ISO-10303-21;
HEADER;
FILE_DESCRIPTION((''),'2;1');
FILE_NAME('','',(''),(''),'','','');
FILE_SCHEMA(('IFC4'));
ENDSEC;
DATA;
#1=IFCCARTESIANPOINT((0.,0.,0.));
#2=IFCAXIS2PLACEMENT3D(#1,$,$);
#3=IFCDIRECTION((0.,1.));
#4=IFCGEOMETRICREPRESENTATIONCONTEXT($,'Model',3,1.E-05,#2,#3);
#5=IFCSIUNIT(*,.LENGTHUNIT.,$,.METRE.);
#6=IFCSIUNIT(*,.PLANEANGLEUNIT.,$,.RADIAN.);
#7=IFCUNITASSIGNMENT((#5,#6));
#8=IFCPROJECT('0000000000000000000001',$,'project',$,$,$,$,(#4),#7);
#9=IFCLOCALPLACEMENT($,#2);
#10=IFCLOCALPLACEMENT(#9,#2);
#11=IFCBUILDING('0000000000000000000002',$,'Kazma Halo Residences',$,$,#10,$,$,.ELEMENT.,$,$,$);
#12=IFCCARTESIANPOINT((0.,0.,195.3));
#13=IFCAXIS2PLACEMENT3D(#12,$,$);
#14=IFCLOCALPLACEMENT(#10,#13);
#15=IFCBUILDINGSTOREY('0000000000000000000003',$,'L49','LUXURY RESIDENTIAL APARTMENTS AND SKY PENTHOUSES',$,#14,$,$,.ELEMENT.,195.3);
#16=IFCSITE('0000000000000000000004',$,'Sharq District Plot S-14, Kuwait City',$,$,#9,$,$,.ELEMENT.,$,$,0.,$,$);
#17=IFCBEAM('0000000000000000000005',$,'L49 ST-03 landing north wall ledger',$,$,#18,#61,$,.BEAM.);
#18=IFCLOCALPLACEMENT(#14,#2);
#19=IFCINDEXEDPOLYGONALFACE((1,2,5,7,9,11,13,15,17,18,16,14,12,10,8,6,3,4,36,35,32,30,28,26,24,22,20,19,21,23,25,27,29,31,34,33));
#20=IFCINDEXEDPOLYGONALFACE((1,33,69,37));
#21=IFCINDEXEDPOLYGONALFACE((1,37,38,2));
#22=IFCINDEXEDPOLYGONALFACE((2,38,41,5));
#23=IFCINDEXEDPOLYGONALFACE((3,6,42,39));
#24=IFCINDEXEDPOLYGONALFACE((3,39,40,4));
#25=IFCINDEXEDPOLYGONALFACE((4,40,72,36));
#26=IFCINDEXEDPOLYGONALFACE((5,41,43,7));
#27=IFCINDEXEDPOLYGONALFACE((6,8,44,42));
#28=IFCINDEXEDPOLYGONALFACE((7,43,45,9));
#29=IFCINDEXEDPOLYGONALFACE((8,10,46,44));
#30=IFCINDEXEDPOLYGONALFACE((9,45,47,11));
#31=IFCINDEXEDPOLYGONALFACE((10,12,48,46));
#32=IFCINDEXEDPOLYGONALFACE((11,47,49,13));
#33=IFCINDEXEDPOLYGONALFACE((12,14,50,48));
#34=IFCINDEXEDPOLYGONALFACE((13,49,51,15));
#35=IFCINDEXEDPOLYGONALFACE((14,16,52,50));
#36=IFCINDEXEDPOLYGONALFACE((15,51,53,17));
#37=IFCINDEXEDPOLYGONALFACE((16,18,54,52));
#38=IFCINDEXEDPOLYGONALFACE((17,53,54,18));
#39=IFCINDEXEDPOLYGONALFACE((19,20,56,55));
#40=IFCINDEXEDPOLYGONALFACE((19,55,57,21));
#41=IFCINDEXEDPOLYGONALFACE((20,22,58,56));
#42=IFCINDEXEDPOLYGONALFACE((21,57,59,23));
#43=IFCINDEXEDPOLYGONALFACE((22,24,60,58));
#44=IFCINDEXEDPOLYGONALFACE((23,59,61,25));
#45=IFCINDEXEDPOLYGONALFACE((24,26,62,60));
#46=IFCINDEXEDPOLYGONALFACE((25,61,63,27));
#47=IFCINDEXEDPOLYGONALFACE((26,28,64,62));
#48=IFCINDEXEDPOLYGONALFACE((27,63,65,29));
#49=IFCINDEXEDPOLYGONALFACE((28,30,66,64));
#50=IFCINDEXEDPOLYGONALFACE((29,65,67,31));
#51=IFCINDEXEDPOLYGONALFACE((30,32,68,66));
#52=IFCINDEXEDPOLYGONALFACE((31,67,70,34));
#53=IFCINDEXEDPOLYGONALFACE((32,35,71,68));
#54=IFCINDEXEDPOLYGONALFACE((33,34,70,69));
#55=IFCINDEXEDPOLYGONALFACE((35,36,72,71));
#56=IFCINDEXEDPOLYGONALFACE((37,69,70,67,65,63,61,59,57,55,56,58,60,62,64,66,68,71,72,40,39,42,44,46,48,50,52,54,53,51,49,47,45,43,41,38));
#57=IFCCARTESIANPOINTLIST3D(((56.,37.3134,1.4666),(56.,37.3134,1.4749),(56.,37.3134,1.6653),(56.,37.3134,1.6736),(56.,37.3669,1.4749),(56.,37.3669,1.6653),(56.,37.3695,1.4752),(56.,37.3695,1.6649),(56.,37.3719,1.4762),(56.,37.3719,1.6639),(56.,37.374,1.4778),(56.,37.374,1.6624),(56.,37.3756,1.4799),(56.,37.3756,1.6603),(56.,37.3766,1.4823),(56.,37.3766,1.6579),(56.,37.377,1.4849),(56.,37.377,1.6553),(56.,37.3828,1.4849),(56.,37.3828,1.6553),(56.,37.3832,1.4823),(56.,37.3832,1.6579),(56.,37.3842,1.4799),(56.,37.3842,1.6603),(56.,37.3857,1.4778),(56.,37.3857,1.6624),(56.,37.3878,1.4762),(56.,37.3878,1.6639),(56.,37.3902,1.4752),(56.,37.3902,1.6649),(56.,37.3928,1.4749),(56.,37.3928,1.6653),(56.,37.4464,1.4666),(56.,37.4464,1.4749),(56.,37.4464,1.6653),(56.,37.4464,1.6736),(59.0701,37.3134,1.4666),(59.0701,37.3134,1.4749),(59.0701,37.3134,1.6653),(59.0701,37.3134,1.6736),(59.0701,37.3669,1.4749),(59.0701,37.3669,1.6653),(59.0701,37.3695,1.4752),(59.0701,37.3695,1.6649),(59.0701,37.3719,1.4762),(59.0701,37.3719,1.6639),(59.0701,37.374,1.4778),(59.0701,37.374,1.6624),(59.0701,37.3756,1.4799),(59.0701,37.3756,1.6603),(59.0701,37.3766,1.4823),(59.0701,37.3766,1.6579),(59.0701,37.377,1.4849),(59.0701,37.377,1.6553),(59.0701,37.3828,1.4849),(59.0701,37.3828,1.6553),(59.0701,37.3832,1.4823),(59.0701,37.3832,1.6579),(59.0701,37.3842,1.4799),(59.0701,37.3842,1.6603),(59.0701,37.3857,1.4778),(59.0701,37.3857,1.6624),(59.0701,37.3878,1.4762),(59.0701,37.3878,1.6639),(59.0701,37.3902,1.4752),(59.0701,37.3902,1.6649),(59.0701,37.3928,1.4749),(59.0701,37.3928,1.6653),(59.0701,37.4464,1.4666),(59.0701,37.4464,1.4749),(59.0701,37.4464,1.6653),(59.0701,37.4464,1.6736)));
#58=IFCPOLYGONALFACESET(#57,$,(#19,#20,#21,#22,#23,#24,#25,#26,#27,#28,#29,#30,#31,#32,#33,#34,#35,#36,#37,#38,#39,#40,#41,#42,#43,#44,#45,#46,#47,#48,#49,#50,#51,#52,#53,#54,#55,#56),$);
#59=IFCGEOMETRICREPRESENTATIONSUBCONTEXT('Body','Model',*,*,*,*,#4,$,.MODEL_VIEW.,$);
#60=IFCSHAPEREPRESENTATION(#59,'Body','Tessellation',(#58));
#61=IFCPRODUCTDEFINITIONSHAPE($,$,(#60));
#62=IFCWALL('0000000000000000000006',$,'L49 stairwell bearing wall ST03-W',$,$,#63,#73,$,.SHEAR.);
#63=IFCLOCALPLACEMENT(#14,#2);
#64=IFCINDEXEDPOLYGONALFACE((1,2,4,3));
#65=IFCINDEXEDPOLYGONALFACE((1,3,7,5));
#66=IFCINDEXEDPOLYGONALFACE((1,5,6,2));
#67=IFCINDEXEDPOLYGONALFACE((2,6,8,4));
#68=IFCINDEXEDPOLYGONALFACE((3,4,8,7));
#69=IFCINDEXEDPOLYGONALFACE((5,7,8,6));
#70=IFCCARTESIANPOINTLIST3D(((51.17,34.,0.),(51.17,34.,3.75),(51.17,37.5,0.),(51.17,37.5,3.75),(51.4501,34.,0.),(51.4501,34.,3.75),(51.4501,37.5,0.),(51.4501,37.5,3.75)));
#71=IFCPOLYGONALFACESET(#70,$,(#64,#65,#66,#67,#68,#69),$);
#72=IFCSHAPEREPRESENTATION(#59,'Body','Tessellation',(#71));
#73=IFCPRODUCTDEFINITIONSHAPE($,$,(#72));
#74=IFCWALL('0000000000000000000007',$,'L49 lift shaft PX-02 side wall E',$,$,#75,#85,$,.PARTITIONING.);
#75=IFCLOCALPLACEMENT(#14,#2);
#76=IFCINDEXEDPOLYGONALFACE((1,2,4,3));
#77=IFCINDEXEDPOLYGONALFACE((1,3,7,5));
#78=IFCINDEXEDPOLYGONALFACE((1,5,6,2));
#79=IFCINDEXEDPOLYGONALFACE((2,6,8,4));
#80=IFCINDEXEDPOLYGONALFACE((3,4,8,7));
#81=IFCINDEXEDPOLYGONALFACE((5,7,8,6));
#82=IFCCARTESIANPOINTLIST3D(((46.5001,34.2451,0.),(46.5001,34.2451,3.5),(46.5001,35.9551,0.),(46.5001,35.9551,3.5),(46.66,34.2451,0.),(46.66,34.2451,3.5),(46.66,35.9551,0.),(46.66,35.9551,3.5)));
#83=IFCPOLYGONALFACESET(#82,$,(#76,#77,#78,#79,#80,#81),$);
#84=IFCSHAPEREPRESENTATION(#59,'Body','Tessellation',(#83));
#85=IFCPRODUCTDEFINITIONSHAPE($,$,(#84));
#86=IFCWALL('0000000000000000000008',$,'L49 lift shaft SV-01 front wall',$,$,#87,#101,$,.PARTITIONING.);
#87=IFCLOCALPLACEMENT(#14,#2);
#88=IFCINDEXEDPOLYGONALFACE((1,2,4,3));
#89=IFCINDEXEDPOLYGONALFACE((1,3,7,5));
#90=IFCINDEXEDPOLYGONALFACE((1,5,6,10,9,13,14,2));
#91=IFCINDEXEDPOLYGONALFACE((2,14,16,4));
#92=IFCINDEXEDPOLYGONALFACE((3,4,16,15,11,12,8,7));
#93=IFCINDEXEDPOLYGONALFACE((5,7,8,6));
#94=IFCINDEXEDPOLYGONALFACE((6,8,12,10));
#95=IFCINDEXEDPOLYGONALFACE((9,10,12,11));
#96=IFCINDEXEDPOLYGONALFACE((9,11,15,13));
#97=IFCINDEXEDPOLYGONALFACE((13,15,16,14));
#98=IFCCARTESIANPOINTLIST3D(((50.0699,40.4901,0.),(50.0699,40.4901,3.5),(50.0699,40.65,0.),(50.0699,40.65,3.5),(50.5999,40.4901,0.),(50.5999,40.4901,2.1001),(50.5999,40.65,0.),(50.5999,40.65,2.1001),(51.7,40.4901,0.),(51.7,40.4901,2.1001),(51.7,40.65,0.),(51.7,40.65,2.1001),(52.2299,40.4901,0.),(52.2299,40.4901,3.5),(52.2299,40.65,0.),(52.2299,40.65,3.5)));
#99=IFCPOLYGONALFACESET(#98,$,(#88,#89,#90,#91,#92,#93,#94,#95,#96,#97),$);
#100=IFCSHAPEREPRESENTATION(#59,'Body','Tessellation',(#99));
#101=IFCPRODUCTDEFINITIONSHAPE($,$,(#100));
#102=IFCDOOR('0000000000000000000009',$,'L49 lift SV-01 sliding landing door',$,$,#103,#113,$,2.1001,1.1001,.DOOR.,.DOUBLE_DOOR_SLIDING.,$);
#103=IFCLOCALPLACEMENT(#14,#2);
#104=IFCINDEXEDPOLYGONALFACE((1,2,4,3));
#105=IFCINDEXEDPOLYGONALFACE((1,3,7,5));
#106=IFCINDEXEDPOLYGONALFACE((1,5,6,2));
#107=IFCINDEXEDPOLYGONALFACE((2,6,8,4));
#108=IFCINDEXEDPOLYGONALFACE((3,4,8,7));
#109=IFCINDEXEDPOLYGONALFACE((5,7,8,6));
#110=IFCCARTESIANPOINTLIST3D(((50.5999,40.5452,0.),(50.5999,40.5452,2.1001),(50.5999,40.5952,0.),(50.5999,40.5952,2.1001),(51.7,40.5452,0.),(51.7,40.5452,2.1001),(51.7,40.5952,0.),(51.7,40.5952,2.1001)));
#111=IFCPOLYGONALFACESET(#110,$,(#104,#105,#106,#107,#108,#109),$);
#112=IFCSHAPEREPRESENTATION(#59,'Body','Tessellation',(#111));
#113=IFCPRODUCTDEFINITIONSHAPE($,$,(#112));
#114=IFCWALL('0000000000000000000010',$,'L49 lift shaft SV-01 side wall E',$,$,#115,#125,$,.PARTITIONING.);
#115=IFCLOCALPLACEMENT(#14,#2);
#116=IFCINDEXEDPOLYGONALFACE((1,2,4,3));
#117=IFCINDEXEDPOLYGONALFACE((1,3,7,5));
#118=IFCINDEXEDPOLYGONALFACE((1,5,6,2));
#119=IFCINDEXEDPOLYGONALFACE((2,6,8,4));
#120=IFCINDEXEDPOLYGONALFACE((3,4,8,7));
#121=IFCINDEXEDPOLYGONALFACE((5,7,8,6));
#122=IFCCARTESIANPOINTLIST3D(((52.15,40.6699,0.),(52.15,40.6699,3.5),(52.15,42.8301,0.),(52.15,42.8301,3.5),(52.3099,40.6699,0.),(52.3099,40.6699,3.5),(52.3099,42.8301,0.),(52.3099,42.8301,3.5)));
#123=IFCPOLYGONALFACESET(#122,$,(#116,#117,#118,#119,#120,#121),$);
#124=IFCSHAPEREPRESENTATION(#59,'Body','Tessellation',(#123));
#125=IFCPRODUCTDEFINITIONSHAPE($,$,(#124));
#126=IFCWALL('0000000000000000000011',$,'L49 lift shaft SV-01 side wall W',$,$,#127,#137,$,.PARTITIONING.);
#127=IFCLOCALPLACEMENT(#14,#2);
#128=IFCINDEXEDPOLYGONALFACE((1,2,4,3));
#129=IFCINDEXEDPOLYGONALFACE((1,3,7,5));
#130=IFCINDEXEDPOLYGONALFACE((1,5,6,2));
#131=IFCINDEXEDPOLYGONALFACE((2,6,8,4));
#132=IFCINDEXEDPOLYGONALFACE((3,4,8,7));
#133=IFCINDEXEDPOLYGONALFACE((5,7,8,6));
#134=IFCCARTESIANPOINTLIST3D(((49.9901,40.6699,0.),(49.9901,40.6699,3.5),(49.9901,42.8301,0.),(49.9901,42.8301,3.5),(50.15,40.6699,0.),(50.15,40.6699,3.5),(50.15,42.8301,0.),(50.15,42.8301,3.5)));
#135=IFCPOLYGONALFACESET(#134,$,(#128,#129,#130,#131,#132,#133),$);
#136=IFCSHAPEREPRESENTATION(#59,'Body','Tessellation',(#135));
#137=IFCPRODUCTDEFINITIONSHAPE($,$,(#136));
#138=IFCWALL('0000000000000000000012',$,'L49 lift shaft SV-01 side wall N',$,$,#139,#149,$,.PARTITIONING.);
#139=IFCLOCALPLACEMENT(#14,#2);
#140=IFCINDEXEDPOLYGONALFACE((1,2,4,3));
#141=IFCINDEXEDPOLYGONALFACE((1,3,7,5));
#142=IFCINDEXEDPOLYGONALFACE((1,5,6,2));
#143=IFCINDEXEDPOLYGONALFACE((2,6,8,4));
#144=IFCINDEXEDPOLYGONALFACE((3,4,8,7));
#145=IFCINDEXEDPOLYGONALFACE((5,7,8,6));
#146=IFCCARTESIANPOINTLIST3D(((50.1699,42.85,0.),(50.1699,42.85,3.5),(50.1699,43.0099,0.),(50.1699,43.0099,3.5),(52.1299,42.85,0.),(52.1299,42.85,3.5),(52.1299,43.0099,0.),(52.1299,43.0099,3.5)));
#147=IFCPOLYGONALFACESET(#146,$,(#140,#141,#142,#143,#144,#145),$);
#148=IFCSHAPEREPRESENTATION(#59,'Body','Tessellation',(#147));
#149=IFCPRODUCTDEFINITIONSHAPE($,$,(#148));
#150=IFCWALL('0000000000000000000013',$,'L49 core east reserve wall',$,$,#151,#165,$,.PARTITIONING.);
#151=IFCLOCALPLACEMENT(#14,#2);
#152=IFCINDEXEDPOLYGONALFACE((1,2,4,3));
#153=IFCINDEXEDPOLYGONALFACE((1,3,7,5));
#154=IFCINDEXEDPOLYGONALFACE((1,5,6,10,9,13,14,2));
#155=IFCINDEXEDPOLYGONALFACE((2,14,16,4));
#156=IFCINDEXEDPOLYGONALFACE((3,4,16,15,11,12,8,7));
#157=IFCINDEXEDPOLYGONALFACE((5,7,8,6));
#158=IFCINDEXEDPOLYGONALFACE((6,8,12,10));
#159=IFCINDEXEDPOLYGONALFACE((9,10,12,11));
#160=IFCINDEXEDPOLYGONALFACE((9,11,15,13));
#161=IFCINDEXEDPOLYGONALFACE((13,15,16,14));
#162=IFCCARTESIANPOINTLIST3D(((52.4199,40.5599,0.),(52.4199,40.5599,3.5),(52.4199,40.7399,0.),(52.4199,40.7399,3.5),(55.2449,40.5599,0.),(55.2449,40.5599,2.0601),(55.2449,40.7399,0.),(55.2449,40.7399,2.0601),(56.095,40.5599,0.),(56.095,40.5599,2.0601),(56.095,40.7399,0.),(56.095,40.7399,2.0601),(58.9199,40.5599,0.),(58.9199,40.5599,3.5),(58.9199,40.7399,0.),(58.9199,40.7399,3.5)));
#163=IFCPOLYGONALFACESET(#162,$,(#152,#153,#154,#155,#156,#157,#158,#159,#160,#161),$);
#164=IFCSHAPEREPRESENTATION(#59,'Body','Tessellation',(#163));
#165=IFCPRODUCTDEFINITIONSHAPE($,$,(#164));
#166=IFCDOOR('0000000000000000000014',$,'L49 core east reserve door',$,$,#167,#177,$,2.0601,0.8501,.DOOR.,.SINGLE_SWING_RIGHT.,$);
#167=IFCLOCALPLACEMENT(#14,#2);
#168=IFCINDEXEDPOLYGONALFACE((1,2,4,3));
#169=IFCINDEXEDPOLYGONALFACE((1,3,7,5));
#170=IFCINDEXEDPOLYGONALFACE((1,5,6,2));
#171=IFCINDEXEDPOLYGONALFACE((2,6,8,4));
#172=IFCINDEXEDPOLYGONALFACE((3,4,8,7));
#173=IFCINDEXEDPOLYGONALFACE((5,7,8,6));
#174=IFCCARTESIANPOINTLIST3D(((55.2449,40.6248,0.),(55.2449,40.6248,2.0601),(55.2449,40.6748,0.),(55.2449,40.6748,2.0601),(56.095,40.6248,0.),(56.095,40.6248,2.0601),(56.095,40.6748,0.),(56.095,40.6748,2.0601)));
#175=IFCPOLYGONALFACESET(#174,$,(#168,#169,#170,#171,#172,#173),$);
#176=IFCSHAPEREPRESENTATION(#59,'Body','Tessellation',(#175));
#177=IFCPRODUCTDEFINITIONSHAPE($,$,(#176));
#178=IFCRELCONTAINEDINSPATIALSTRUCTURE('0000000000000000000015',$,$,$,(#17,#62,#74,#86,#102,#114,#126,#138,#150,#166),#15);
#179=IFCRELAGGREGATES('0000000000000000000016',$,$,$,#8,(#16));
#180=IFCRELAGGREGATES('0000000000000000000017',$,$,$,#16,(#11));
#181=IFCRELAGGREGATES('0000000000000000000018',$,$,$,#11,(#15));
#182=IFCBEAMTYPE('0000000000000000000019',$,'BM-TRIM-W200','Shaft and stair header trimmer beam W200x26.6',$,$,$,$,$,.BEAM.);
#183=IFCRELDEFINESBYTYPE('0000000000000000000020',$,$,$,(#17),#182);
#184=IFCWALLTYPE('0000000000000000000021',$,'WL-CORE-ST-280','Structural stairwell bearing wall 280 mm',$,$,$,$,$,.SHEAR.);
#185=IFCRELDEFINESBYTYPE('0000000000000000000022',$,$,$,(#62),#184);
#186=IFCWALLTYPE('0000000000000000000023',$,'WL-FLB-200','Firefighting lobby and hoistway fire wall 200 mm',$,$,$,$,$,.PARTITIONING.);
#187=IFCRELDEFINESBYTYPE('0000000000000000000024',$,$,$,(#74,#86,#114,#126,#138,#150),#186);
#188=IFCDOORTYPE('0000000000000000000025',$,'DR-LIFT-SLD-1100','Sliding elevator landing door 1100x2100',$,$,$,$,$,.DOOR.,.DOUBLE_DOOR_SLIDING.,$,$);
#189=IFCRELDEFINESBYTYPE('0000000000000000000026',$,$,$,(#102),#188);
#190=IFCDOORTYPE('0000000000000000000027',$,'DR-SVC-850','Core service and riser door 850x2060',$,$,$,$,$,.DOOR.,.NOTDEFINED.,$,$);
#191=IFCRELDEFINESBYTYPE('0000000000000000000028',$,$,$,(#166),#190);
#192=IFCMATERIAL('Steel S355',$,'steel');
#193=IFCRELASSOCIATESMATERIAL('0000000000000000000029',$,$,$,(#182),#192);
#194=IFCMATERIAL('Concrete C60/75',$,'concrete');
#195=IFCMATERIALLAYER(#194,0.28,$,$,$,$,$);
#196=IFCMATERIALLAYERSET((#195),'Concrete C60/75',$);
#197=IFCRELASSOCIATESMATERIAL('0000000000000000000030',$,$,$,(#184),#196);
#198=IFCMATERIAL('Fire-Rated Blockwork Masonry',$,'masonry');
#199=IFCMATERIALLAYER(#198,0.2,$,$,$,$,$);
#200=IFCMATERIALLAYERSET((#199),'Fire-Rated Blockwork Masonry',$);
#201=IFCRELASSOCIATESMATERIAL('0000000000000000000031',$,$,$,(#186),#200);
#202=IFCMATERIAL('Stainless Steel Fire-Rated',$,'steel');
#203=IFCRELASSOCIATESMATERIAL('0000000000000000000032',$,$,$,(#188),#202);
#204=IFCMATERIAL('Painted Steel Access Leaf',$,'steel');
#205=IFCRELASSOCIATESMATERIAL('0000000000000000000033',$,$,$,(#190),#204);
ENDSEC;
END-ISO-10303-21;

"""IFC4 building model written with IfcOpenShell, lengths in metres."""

from ifc_helpers import new_model, si_unit, direction, frame, frame_2d, origin, origin_2d, place, context, subcontext, project, spatial, rectangle, i_section, extrude, material, layer, layer_set, material_profile, profile_set, type_object, element, fill, save


model = new_model("IFC4")

# Units and contexts
model_context = context("Model", 3, precision=1e-05, world=origin(), true_north=direction((0.0, 1.0)))
body_context = subcontext(model_context, "Body", "Model", "MODEL_VIEW")
ifc_project = project(units=[si_unit("LENGTHUNIT", "METRE"), si_unit("PLANEANGLEUNIT", "RADIAN")], contexts=[model_context])

# Site, building, storey
site_placement = place(None, origin())
site = spatial("IfcSite", under=ifc_project, at=site_placement, Name="Sharq District Plot S-14, Kuwait City", CompositionType="ELEMENT", RefElevation=0.0)
building_placement = place(site_placement, origin())
building = spatial("IfcBuilding", under=site, at=building_placement, Name="Kazma Halo Residences", CompositionType="ELEMENT")
storey_placement = place(building_placement, frame((0.0, 0.0, 195.3)))
storey = spatial("IfcBuildingStorey", under=building, at=storey_placement, Name="L49", Description="LUXURY RESIDENTIAL APARTMENTS AND SKY PENTHOUSES", CompositionType="ELEMENT", Elevation=195.3)

# Shared definitions
ifc_material_1 = material(Name="Steel S355", Category="steel")

# Beam
ifc_material_profile_1 = material_profile(ifc_material_1, i_section(OverallWidth=0.1331, OverallDepth=0.207, WebThickness=0.0059, FlangeThickness=0.0083, FilletRadius=0.01, at=origin_2d()), Name="W200x26.6")
ifc_profile_set_1 = profile_set([ifc_material_profile_1], Name="Steel S355")
beam_type = type_object("IfcBeamType", Name="BM-TRIM-W200", Description="Shaft and stair header trimmer beam W200x26.6", PredefinedType="BEAM", material=ifc_profile_set_1)
beam_1_placement = place(storey_placement, frame((56.0, 37.3799, 1.5701), z_axis=(1.0, 0.0, 0.0), x_axis=(0.0, 1.0, 0.0)))
element("IfcBeam", 1, at=beam_1_placement, inside=storey, type_object=beam_type, Name="L49 ST-03 landing north wall ledger", PredefinedType="BEAM", context=body_context, shape_type="SweptSolid", body=[
    extrude(i_section(OverallWidth=0.1331, OverallDepth=0.207, WebThickness=0.0059, FlangeThickness=0.0083, FilletRadius=0.01, at=origin_2d()), origin(), (0.0, 0.0, 1.0), 3.0701),
])

# Walls
ifc_material_2 = material(Name="Concrete C60/75", Category="concrete")
ifc_layer_1 = layer(ifc_material_2, 0.28)
ifc_layer_set_1 = layer_set([ifc_layer_1], Name="Concrete C60/75")
wall_type_1 = type_object("IfcWallType", Name="WL-CORE-ST-280", Description="Structural stairwell bearing wall 280 mm", PredefinedType="SHEAR", material=ifc_layer_set_1)
wall_1_placement = place(storey_placement, frame((51.3101, 34.0, 0.0), z_axis=(0.0, 0.0, 1.0), x_axis=(0.0, 1.0, 0.0)))
element("IfcWall", 2, at=wall_1_placement, inside=storey, type_object=wall_type_1, Name="L49 stairwell bearing wall ST03-W", PredefinedType="SHEAR", context=body_context, shape_type="SweptSolid", body=[
    extrude(rectangle(XDim=3.5, YDim=0.28, at=frame_2d((1.75, 0.0))), origin(), (0.0, 0.0, 1.0), 3.75),
])
ifc_material_3 = material(Name="Fire-Rated Blockwork Masonry", Category="masonry")
ifc_layer_2 = layer(ifc_material_3, 0.2)
ifc_layer_set_2 = layer_set([ifc_layer_2], Name="Fire-Rated Blockwork Masonry")
wall_type_2 = type_object("IfcWallType", Name="WL-FLB-200", Description="Firefighting lobby and hoistway fire wall 200 mm", PredefinedType="PARTITIONING", material=ifc_layer_set_2)
wall_2_placement = place(storey_placement, frame((46.5801, 34.2451, 0.0), z_axis=(0.0, 0.0, 1.0), x_axis=(0.0, 1.0, 0.0)))
element("IfcWall", 3, at=wall_2_placement, inside=storey, type_object=wall_type_2, Name="L49 lift shaft PX-02 side wall E", PredefinedType="PARTITIONING", context=body_context, shape_type="SweptSolid", body=[
    extrude(rectangle(XDim=1.71, YDim=0.1599, at=frame_2d((0.855, 0.0))), origin(), (0.0, 0.0, 1.0), 3.5),
])

# Wall, opening, door
wall_3_placement = place(storey_placement, frame((52.23, 40.5701, 0.0), z_axis=(0.0, 0.0, 1.0), x_axis=(-1.0, 0.0, 0.0)))
wall_3 = element("IfcWall", 4, at=wall_3_placement, inside=storey, type_object=wall_type_2, Name="L49 lift shaft SV-01 front wall", PredefinedType="PARTITIONING", context=body_context, shape_type="SweptSolid", body=[
    extrude(rectangle(XDim=2.1599, YDim=0.1599, at=frame_2d((1.0801, 0.0))), origin(), (0.0, 0.0, 1.0), 3.5),
])
opening_1_placement = place(wall_3_placement, frame((0.53, 0.0, 0.0)))
opening_1 = element("IfcOpeningElement", 5, at=opening_1_placement, cuts=wall_3, PredefinedType="OPENING", context=body_context, shape_type="SweptSolid", body=[
    extrude(rectangle(XDim=1.1001, YDim=2.1001, at=frame_2d((0.55, 1.05))), frame((0.0, 0.0898, 0.0), z_axis=(0.0, -1.0, 0.0), x_axis=(1.0, 0.0, 0.0)), (0.0, 0.0, 1.0), 0.1799),
])
ifc_material_4 = material(Name="Stainless Steel Fire-Rated", Category="steel")
door_type_1 = type_object("IfcDoorType", Name="DR-LIFT-SLD-1100", Description="Sliding elevator landing door 1100x2100", OperationType="DOUBLE_DOOR_SLIDING", PredefinedType="DOOR", material=ifc_material_4)
door_1_placement = place(opening_1_placement, origin())
door_1 = element("IfcDoor", 6, at=door_1_placement, inside=storey, type_object=door_type_1, Name="L49 lift SV-01 sliding landing door", OperationType="DOUBLE_DOOR_SLIDING", OverallHeight=2.1001, OverallWidth=1.1001, PredefinedType="DOOR", context=body_context, shape_type="SweptSolid", body=[
    extrude(rectangle(XDim=1.1001, YDim=2.1001, at=frame_2d((0.55, 1.05))), frame((0.0, 0.0249, 0.0), z_axis=(0.0, -1.0, 0.0), x_axis=(1.0, 0.0, 0.0)), (0.0, 0.0, 1.0), 0.05),
])
fill(opening_1, door_1)

# Walls
for number, where, z_axis, x_axis, name in (
    (7, (52.23, 40.6699, 0.0), (0.0, 0.0, 1.0), (0.0, 1.0, 0.0), "L49 lift shaft SV-01 side wall E"),
    (8, (50.0701, 40.6699, 0.0), (0.0, 0.0, 1.0), (0.0, 1.0, 0.0), "L49 lift shaft SV-01 side wall W"),
):
    element("IfcWall", number, at=place(storey_placement, frame(where, z_axis=z_axis, x_axis=x_axis)), inside=storey, type_object=wall_type_2, Name=name, PredefinedType="PARTITIONING", context=body_context, shape_type="SweptSolid", body=[
        extrude(rectangle(XDim=2.1602, YDim=0.1599, at=frame_2d((1.0801, 0.0))), origin(), (0.0, 0.0, 1.0), 3.5),
    ])
wall_4_placement = place(storey_placement, frame((50.1699, 42.9299, 0.0), z_axis=(0.0, 0.0, 1.0), x_axis=(1.0, 0.0, 0.0)))
element("IfcWall", 9, at=wall_4_placement, inside=storey, type_object=wall_type_2, Name="L49 lift shaft SV-01 side wall N", PredefinedType="PARTITIONING", context=body_context, shape_type="SweptSolid", body=[
    extrude(rectangle(XDim=1.96, YDim=0.1599, at=frame_2d((0.98, 0.0))), origin(), (0.0, 0.0, 1.0), 3.5),
])

# Wall, opening, door
wall_5_placement = place(storey_placement, frame((52.4199, 40.6499, 0.0), z_axis=(0.0, 0.0, 1.0), x_axis=(1.0, 0.0, 0.0)))
wall_5 = element("IfcWall", 10, at=wall_5_placement, inside=storey, type_object=wall_type_2, Name="L49 core east reserve wall", PredefinedType="PARTITIONING", context=body_context, shape_type="SweptSolid", body=[
    extrude(rectangle(XDim=6.5, YDim=0.1799, at=frame_2d((3.25, 0.0))), origin(), (0.0, 0.0, 1.0), 3.5),
])
opening_2_placement = place(wall_5_placement, frame((2.825, 0.0, 0.0)))
opening_2 = element("IfcOpeningElement", 11, at=opening_2_placement, cuts=wall_5, PredefinedType="OPENING", context=body_context, shape_type="SweptSolid", body=[
    extrude(rectangle(XDim=0.8501, YDim=2.0601, at=frame_2d((0.425, 1.03))), frame((0.0, 0.0999, 0.0), z_axis=(0.0, -1.0, 0.0), x_axis=(1.0, 0.0, 0.0)), (0.0, 0.0, 1.0), 0.2),
])
ifc_material_5 = material(Name="Painted Steel Access Leaf", Category="steel")
door_type_2 = type_object("IfcDoorType", Name="DR-SVC-850", Description="Core service and riser door 850x2060", OperationType="NOTDEFINED", PredefinedType="DOOR", material=ifc_material_5)
door_2_placement = place(opening_2_placement, origin())
door_2 = element("IfcDoor", 12, at=door_2_placement, inside=storey, type_object=door_type_2, Name="L49 core east reserve door", OperationType="SINGLE_SWING_RIGHT", OverallHeight=2.0601, OverallWidth=0.8501, PredefinedType="DOOR", context=body_context, shape_type="SweptSolid", body=[
    extrude(rectangle(XDim=0.8501, YDim=2.0601, at=frame_2d((0.425, 1.03))), frame((0.0, 0.0249, 0.0), z_axis=(0.0, -1.0, 0.0), x_axis=(1.0, 0.0, 0.0)), (0.0, 0.0, 1.0), 0.05),
])
fill(opening_2, door_2)

save(model, "model.ifc")
